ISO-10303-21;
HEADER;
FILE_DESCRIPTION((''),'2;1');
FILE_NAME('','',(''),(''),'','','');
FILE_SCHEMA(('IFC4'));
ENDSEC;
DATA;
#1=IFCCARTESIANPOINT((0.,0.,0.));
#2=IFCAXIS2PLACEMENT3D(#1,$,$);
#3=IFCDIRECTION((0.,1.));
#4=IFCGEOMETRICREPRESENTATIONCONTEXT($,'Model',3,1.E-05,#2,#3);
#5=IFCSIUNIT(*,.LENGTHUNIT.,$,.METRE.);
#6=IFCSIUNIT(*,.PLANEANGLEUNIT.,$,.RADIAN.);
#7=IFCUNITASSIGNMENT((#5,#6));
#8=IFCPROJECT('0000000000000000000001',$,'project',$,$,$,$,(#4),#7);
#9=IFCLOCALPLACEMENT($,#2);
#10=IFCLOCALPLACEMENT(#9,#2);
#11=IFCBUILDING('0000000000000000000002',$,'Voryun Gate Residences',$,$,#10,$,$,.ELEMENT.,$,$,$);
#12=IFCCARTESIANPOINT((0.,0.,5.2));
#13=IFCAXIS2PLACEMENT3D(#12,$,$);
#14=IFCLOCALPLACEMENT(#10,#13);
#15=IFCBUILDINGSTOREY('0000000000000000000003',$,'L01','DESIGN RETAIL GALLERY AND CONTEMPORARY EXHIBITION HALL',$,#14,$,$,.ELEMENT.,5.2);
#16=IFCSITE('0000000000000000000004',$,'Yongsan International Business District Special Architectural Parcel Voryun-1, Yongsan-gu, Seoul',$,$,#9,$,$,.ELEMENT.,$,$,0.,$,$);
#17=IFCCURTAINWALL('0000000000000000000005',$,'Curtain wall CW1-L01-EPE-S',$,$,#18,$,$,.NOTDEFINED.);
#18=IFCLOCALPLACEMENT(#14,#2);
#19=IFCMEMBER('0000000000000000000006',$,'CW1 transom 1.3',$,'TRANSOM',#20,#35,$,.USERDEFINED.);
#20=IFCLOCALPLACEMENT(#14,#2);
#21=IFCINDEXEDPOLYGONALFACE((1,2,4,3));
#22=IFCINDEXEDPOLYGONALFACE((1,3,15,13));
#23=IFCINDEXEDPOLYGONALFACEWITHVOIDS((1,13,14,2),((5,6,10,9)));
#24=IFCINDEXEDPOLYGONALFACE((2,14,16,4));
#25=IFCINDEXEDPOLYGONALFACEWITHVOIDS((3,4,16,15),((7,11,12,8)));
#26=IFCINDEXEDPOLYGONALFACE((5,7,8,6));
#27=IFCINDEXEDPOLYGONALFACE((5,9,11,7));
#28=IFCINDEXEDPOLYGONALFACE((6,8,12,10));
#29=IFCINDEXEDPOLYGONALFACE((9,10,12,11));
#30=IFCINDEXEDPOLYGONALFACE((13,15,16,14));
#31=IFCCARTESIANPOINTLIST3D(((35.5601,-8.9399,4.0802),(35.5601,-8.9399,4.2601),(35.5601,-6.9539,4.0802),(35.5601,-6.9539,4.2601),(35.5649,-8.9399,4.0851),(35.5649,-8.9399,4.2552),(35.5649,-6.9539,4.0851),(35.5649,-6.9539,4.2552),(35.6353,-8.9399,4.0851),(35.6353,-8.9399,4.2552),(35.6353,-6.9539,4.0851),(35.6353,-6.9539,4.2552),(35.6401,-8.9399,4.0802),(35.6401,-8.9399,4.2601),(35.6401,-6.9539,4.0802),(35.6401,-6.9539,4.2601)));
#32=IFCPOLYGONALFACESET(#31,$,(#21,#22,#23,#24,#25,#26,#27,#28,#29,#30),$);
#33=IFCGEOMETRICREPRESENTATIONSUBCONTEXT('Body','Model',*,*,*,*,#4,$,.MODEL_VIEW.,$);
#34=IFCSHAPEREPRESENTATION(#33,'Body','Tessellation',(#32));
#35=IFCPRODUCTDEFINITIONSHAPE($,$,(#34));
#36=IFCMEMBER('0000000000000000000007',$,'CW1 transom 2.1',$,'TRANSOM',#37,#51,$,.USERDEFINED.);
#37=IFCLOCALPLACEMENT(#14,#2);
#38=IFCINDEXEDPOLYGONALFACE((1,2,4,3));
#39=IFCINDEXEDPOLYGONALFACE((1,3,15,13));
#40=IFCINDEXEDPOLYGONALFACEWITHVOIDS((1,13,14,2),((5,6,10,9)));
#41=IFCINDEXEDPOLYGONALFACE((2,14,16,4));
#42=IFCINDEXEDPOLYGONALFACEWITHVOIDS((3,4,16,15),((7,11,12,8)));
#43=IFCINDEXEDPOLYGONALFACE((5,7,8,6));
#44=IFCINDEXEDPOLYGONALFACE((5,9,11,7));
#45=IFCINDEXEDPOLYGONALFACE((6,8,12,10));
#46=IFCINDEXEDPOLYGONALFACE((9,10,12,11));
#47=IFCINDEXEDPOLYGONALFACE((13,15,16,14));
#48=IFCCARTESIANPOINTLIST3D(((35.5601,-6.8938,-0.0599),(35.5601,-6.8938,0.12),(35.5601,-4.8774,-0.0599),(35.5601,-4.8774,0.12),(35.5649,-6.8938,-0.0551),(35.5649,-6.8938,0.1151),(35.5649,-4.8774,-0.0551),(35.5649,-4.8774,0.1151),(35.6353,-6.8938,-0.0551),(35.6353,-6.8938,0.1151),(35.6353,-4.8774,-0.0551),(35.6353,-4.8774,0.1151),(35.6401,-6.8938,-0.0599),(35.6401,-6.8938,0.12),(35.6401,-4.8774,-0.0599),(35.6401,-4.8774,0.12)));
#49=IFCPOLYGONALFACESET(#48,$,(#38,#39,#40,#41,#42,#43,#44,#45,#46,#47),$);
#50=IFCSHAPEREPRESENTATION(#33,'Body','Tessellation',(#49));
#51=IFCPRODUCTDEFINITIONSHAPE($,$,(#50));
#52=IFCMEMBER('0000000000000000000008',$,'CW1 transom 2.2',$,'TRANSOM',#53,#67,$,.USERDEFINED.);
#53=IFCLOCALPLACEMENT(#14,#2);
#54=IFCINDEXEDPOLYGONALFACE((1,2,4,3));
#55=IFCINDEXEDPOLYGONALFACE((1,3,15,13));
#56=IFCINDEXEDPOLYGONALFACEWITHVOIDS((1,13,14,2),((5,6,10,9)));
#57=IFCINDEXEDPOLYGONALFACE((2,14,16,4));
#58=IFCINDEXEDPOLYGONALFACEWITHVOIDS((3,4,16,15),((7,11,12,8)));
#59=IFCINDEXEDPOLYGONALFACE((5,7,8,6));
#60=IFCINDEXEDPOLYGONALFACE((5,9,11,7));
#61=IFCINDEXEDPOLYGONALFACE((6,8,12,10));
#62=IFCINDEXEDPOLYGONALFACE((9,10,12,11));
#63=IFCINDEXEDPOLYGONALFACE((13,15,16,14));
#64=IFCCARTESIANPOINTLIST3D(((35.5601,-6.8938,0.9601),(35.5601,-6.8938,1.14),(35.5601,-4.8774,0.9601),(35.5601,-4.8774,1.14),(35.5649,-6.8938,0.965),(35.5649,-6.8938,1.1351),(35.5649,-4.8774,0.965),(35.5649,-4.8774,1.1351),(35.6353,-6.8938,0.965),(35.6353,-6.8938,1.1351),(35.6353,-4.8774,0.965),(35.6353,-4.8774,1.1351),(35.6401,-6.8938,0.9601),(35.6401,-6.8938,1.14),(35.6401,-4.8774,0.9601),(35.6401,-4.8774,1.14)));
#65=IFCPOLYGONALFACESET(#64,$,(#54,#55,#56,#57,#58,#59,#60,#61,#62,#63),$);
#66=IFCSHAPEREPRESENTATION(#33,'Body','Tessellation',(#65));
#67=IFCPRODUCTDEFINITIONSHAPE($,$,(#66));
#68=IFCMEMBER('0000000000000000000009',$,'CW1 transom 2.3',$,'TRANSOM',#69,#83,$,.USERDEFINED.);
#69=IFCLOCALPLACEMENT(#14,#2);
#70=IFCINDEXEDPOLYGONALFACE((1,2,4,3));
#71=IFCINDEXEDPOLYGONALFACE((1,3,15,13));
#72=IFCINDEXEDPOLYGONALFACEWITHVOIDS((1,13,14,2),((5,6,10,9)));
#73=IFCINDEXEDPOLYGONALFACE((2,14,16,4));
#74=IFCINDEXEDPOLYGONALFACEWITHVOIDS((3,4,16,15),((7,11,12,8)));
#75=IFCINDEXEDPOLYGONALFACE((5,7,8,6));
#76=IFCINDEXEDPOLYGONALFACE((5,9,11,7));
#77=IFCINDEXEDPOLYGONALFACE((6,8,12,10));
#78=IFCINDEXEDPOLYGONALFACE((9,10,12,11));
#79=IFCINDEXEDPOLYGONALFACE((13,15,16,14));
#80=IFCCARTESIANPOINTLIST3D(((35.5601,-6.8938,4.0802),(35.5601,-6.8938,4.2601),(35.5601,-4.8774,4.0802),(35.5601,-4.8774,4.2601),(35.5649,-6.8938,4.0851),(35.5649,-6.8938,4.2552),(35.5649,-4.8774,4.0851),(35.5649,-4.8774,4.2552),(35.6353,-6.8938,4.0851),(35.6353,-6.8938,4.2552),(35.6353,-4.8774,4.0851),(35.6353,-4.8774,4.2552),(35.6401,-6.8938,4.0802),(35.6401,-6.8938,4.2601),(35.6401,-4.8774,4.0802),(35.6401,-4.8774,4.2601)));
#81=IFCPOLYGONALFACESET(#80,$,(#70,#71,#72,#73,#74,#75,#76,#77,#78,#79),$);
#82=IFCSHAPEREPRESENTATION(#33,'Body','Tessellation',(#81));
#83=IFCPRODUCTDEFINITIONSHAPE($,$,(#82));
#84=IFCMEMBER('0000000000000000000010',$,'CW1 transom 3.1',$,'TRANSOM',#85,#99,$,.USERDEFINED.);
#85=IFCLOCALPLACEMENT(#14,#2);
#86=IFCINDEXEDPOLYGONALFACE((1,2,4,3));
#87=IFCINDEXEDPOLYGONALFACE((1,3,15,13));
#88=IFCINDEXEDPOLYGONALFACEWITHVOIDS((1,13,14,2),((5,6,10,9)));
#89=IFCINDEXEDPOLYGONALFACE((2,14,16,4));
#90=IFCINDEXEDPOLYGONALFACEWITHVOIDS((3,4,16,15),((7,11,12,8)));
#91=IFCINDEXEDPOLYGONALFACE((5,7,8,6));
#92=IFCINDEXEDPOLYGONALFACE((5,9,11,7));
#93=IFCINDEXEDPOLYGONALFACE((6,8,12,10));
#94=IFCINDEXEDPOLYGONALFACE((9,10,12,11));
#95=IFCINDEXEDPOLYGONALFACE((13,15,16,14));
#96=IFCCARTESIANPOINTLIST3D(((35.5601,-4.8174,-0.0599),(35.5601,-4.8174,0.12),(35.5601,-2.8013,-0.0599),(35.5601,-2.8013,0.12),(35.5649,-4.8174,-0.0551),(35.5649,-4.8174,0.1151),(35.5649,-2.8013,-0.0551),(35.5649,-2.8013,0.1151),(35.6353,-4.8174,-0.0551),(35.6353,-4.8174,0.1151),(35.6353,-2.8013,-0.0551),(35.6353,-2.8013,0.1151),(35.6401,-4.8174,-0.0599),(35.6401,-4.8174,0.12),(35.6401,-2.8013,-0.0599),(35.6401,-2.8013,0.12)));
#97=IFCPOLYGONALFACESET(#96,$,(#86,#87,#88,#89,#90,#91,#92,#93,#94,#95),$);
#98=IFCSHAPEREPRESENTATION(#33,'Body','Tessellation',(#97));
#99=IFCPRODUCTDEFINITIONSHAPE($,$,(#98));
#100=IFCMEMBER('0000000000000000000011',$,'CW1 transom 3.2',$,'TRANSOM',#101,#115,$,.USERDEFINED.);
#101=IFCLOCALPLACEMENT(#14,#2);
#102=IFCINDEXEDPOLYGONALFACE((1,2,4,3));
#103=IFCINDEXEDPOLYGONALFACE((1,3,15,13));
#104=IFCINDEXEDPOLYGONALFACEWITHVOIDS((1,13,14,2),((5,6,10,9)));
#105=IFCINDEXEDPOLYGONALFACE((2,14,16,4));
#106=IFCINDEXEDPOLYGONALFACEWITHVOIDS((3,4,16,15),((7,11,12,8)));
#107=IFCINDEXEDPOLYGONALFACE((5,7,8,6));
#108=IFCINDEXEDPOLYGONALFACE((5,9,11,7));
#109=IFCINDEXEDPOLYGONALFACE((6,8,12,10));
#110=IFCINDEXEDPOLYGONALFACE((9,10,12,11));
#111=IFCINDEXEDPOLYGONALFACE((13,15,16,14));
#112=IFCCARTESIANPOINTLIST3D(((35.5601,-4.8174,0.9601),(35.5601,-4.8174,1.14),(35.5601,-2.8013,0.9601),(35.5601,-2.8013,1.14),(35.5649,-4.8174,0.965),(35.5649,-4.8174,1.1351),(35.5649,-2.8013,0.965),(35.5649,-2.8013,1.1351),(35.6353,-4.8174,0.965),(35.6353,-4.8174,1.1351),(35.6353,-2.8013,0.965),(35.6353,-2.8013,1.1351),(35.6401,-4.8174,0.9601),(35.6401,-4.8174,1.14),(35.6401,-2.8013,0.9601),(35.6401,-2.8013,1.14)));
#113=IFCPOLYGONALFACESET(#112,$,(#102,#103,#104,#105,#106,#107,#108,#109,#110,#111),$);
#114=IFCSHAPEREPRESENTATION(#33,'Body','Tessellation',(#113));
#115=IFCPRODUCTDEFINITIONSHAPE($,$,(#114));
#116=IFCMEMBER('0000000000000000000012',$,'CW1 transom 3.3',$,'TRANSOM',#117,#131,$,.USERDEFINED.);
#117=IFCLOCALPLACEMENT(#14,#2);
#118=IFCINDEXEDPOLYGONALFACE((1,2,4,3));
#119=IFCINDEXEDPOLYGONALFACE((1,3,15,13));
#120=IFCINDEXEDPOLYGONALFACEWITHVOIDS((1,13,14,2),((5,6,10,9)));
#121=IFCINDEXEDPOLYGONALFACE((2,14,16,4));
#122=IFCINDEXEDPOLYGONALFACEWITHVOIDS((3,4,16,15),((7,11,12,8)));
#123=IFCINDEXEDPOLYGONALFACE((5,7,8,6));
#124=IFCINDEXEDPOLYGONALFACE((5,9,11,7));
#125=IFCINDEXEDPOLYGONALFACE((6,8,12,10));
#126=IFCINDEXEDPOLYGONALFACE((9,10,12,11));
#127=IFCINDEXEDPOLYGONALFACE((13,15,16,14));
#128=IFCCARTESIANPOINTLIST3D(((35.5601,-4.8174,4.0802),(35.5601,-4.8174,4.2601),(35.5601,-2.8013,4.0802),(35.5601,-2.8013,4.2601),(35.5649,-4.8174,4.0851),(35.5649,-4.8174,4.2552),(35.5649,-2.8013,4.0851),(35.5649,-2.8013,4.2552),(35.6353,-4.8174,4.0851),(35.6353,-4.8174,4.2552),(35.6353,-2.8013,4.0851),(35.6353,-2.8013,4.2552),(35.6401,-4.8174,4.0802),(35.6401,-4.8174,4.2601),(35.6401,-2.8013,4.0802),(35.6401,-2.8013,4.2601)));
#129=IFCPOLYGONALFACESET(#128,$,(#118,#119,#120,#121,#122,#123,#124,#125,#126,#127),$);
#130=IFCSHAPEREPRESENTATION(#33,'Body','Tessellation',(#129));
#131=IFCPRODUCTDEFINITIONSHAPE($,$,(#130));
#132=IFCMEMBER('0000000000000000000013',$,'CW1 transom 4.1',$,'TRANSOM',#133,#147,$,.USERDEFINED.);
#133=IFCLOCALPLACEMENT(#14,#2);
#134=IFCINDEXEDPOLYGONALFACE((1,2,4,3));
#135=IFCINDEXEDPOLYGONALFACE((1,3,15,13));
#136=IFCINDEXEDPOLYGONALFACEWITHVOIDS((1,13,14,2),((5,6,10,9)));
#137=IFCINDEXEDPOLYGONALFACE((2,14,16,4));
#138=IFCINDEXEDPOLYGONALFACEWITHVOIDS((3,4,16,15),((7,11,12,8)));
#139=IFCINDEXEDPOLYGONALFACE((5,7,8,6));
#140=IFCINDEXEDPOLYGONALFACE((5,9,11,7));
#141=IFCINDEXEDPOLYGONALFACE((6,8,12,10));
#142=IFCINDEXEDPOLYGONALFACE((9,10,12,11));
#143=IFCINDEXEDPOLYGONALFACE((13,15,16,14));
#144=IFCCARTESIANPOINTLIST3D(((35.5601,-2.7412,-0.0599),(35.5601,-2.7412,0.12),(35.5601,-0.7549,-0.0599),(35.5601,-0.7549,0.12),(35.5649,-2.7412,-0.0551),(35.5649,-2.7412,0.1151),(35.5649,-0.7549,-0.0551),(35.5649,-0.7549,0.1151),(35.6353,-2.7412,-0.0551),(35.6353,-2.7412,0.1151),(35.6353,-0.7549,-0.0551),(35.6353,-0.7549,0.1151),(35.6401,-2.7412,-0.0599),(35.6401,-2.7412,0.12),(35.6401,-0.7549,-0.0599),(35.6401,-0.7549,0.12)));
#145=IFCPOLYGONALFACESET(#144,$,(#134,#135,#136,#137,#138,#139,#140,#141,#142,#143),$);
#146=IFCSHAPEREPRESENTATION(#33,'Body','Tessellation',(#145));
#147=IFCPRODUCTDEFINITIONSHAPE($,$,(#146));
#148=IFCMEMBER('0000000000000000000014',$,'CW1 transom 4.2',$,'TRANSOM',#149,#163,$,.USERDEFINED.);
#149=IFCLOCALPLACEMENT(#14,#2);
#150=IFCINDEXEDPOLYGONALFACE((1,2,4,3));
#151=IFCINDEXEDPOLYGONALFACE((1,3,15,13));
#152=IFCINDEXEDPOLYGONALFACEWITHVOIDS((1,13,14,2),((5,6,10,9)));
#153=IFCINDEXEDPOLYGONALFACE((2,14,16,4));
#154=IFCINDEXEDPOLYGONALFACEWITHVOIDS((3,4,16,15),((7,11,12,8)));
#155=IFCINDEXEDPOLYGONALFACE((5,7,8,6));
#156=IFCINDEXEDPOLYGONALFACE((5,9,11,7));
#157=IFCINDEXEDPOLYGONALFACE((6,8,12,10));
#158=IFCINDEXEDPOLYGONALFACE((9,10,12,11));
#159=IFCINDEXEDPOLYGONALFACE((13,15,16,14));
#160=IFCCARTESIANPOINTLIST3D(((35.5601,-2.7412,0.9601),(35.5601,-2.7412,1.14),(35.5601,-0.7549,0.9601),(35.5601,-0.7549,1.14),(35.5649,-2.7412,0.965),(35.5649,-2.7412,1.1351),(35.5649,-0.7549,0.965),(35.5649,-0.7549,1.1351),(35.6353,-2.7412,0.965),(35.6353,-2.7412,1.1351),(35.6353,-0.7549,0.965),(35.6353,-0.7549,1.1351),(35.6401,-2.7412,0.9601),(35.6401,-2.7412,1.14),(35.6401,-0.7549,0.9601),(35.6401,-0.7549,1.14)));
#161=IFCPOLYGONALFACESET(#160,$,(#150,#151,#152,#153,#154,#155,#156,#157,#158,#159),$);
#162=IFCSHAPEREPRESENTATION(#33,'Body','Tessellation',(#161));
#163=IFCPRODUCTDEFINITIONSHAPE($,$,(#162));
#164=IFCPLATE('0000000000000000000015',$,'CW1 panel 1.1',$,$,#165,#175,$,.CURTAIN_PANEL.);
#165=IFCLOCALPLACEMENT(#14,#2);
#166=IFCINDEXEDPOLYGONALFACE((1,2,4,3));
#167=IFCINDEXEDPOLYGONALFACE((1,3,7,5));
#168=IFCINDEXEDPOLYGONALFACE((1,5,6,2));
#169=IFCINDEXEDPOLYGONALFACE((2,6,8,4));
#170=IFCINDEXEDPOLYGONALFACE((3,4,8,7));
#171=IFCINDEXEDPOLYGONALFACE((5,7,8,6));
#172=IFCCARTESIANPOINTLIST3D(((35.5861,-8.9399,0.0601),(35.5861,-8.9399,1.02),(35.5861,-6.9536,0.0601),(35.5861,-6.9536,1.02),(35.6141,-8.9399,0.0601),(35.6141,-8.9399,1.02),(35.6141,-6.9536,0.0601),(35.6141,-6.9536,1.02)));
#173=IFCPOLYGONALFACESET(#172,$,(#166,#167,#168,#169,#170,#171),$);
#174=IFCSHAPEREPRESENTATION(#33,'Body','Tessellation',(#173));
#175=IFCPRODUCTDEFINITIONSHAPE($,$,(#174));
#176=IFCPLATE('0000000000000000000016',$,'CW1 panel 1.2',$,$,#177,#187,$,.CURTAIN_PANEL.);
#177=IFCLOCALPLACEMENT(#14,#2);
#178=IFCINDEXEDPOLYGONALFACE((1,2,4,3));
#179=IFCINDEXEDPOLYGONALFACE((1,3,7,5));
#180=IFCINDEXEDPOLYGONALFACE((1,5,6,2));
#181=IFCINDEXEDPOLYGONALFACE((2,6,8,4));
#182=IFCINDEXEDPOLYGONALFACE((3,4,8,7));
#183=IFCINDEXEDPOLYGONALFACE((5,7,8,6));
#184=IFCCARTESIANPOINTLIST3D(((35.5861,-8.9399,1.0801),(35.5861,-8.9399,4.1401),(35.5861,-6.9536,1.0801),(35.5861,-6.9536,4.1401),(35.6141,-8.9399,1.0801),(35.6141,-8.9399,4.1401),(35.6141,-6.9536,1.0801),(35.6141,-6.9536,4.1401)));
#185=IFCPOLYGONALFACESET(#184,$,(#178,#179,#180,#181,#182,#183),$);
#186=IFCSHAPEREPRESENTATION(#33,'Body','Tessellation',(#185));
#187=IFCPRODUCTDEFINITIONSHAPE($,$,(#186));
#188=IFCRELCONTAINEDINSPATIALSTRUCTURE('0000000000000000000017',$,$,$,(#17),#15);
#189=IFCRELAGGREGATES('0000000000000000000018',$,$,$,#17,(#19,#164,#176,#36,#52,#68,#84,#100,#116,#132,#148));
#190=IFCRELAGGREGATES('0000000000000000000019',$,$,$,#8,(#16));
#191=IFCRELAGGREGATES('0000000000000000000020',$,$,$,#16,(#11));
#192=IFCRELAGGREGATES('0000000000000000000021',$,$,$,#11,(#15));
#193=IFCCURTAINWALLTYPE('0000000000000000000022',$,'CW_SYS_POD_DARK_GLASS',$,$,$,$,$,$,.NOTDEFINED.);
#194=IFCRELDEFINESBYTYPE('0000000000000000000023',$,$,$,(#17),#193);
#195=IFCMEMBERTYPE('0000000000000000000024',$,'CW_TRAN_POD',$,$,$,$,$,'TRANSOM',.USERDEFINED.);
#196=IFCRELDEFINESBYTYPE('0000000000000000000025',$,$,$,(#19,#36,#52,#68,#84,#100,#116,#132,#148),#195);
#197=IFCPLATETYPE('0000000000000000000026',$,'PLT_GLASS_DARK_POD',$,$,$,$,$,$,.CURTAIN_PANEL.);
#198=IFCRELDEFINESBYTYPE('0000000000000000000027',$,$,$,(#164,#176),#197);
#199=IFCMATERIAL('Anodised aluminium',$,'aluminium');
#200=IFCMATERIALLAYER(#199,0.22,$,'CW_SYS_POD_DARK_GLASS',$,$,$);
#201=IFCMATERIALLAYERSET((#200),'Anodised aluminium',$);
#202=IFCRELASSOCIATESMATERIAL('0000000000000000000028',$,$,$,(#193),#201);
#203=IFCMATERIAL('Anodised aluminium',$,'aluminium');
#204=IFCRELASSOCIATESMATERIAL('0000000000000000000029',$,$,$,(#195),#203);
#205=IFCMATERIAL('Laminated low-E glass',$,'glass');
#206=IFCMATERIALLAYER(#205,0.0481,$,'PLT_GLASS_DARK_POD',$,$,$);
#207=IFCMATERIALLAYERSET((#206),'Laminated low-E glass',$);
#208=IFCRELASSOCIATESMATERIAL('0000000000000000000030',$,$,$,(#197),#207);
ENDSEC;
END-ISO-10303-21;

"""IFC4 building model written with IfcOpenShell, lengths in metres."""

from ifc_helpers import new_model, si_unit, direction, frame, origin, origin_2d, place, context, subcontext, project, spatial, rectangle, hollow_rectangle, extrude, material, layer, layer_set, material_profile, profile_set, type_object, element, aggregate, save


model = new_model("IFC4")

# Units and contexts
model_context = context("Model", 3, precision=1e-05, world=origin(), true_north=direction((0.0, 1.0)))
body_context = subcontext(model_context, "Body", "Model", "MODEL_VIEW")
ifc_project = project(units=[si_unit("LENGTHUNIT", "METRE"), si_unit("PLANEANGLEUNIT", "RADIAN")], contexts=[model_context])

# Site, building, storey
site_placement = place(None, origin())
site = spatial("IfcSite", under=ifc_project, at=site_placement, Name="Yongsan International Business District Special Architectural Parcel Voryun-1, Yongsan-gu, Seoul", CompositionType="ELEMENT", RefElevation=0.0)
building_placement = place(site_placement, origin())
building = spatial("IfcBuilding", under=site, at=building_placement, Name="Voryun Gate Residences", CompositionType="ELEMENT")
storey_placement = place(building_placement, frame((0.0, 0.0, 5.2)))
storey = spatial("IfcBuildingStorey", under=building, at=storey_placement, Name="L01", Description="DESIGN RETAIL GALLERY AND CONTEMPORARY EXHIBITION HALL", CompositionType="ELEMENT", Elevation=5.2)

# Curtain wall, members, plates
ifc_material_1 = material(Name="Anodised aluminium", Category="aluminium")
ifc_layer_1 = layer(ifc_material_1, 0.22, Name="CW_SYS_POD_DARK_GLASS")
ifc_layer_set_1 = layer_set([ifc_layer_1], Name="Anodised aluminium")
curtain_wall_type = type_object("IfcCurtainWallType", Name="CW_SYS_POD_DARK_GLASS", PredefinedType="NOTDEFINED", material=ifc_layer_set_1)
curtain_wall_placement = place(storey_placement, origin())
curtain_wall = element("IfcCurtainWall", 1, at=curtain_wall_placement, inside=storey, type_object=curtain_wall_type, Name="Curtain wall CW1-L01-EPE-S", PredefinedType="NOTDEFINED")
ifc_material_2 = material(Name="Anodised aluminium", Category="aluminium")
ifc_material_profile_1 = material_profile(ifc_material_2, hollow_rectangle(XDim=0.0801, YDim=0.1799, WallThickness=0.0049, at=origin_2d()), Name="ALU-TRAN-180x80x5")
ifc_profile_set_1 = profile_set([ifc_material_profile_1], Name="Anodised aluminium")
member_type_1 = type_object("IfcMemberType", Name="CW_TRAN_POD", ElementType="TRANSOM", PredefinedType="USERDEFINED", material=ifc_profile_set_1)
member_1_placement = place(storey_placement, frame((35.6001, -8.9399, 4.1702), z_axis=(0.0, 1.0, 0.0), x_axis=(-1.0, 0.0, 0.0)))
member_1 = element("IfcMember", 2, at=member_1_placement, type_object=member_type_1, Name="CW1 transom 1.3", ObjectType="TRANSOM", PredefinedType="USERDEFINED", context=body_context, shape_type="SweptSolid", body=[
    extrude(hollow_rectangle(XDim=0.0801, YDim=0.1799, WallThickness=0.0049, at=origin_2d()), origin(), (0.0, 0.0, 1.0), 1.9861),
])
member_2_placement = place(storey_placement, frame((35.6001, -6.8938, 0.03), z_axis=(0.0, 1.0, 0.0), x_axis=(-1.0, 0.0, 0.0)))
member_2 = element("IfcMember", 3, at=member_2_placement, type_object=member_type_1, Name="CW1 transom 2.1", ObjectType="TRANSOM", PredefinedType="USERDEFINED", context=body_context, shape_type="SweptSolid", body=[
    extrude(hollow_rectangle(XDim=0.0801, YDim=0.1799, WallThickness=0.0049, at=origin_2d()), origin(), (0.0, 0.0, 1.0), 2.0164),
])
member_3_placement = place(storey_placement, frame((35.6001, -6.8938, 1.05), z_axis=(0.0, 1.0, 0.0), x_axis=(-1.0, 0.0, 0.0)))
member_3 = element("IfcMember", 4, at=member_3_placement, type_object=member_type_1, Name="CW1 transom 2.2", ObjectType="TRANSOM", PredefinedType="USERDEFINED", context=body_context, shape_type="SweptSolid", body=[
    extrude(hollow_rectangle(XDim=0.0801, YDim=0.1799, WallThickness=0.0049, at=origin_2d()), origin(), (0.0, 0.0, 1.0), 2.0164),
])
member_4_placement = place(storey_placement, frame((35.6001, -6.8938, 4.1702), z_axis=(0.0, 1.0, 0.0), x_axis=(-1.0, 0.0, 0.0)))
member_4 = element("IfcMember", 5, at=member_4_placement, type_object=member_type_1, Name="CW1 transom 2.3", ObjectType="TRANSOM", PredefinedType="USERDEFINED", context=body_context, shape_type="SweptSolid", body=[
    extrude(hollow_rectangle(XDim=0.0801, YDim=0.1799, WallThickness=0.0049, at=origin_2d()), origin(), (0.0, 0.0, 1.0), 2.0164),
])
member_5_placement = place(storey_placement, frame((35.6001, -4.8174, 0.03), z_axis=(0.0, 1.0, 0.0), x_axis=(-1.0, 0.0, 0.0)))
member_5 = element("IfcMember", 6, at=member_5_placement, type_object=member_type_1, Name="CW1 transom 3.1", ObjectType="TRANSOM", PredefinedType="USERDEFINED", context=body_context, shape_type="SweptSolid", body=[
    extrude(hollow_rectangle(XDim=0.0801, YDim=0.1799, WallThickness=0.0049, at=origin_2d()), origin(), (0.0, 0.0, 1.0), 2.0161),
])
member_6_placement = place(storey_placement, frame((35.6001, -4.8174, 1.05), z_axis=(0.0, 1.0, 0.0), x_axis=(-1.0, 0.0, 0.0)))
member_6 = element("IfcMember", 7, at=member_6_placement, type_object=member_type_1, Name="CW1 transom 3.2", ObjectType="TRANSOM", PredefinedType="USERDEFINED", context=body_context, shape_type="SweptSolid", body=[
    extrude(hollow_rectangle(XDim=0.0801, YDim=0.1799, WallThickness=0.0049, at=origin_2d()), origin(), (0.0, 0.0, 1.0), 2.0161),
])
member_7_placement = place(storey_placement, frame((35.6001, -4.8174, 4.1702), z_axis=(0.0, 1.0, 0.0), x_axis=(-1.0, 0.0, 0.0)))
member_7 = element("IfcMember", 8, at=member_7_placement, type_object=member_type_1, Name="CW1 transom 3.3", ObjectType="TRANSOM", PredefinedType="USERDEFINED", context=body_context, shape_type="SweptSolid", body=[
    extrude(hollow_rectangle(XDim=0.0801, YDim=0.1799, WallThickness=0.0049, at=origin_2d()), origin(), (0.0, 0.0, 1.0), 2.0161),
])
member_8_placement = place(storey_placement, frame((35.6001, -2.7412, 0.03), z_axis=(0.0, 1.0, 0.0), x_axis=(-1.0, 0.0, 0.0)))
member_8 = element("IfcMember", 9, at=member_8_placement, type_object=member_type_1, Name="CW1 transom 4.1", ObjectType="TRANSOM", PredefinedType="USERDEFINED", context=body_context, shape_type="SweptSolid", body=[
    extrude(hollow_rectangle(XDim=0.0801, YDim=0.1799, WallThickness=0.0049, at=origin_2d()), origin(), (0.0, 0.0, 1.0), 1.9863),
])
member_9_placement = place(storey_placement, frame((35.6001, -2.7412, 1.05), z_axis=(0.0, 1.0, 0.0), x_axis=(-1.0, 0.0, 0.0)))
member_9 = element("IfcMember", 10, at=member_9_placement, type_object=member_type_1, Name="CW1 transom 4.2", ObjectType="TRANSOM", PredefinedType="USERDEFINED", context=body_context, shape_type="SweptSolid", body=[
    extrude(hollow_rectangle(XDim=0.0801, YDim=0.1799, WallThickness=0.0049, at=origin_2d()), origin(), (0.0, 0.0, 1.0), 1.9863),
])
ifc_material_3 = material(Name="Laminated low-E glass", Category="glass")
ifc_layer_2 = layer(ifc_material_3, 0.0481, Name="PLT_GLASS_DARK_POD")
ifc_layer_set_2 = layer_set([ifc_layer_2], Name="Laminated low-E glass")
plate_type = type_object("IfcPlateType", Name="PLT_GLASS_DARK_POD", PredefinedType="CURTAIN_PANEL", material=ifc_layer_set_2)
plate_1_placement = place(storey_placement, frame((35.6001, -7.9468, 0.0601), z_axis=(0.0, 0.0, 1.0), x_axis=(0.0, 1.0, 0.0)))
plate_1 = element("IfcPlate", 11, at=plate_1_placement, type_object=plate_type, Name="CW1 panel 1.1", PredefinedType="CURTAIN_PANEL", context=body_context, shape_type="SweptSolid", body=[
    extrude(rectangle(XDim=1.9863, YDim=0.0281, at=origin_2d()), origin(), (0.0, 0.0, 1.0), 0.96),
])
plate_2_placement = place(storey_placement, frame((35.6001, -7.9468, 1.0801), z_axis=(0.0, 0.0, 1.0), x_axis=(0.0, 1.0, 0.0)))
plate_2 = element("IfcPlate", 12, at=plate_2_placement, type_object=plate_type, Name="CW1 panel 1.2", PredefinedType="CURTAIN_PANEL", context=body_context, shape_type="SweptSolid", body=[
    extrude(rectangle(XDim=1.9863, YDim=0.0281, at=origin_2d()), origin(), (0.0, 0.0, 1.0), 3.0601),
])
aggregate(curtain_wall, [member_1, plate_1, plate_2, member_2, member_3, member_4, member_5, member_6, member_7, member_8, member_9])

save(model, "model.ifc")
